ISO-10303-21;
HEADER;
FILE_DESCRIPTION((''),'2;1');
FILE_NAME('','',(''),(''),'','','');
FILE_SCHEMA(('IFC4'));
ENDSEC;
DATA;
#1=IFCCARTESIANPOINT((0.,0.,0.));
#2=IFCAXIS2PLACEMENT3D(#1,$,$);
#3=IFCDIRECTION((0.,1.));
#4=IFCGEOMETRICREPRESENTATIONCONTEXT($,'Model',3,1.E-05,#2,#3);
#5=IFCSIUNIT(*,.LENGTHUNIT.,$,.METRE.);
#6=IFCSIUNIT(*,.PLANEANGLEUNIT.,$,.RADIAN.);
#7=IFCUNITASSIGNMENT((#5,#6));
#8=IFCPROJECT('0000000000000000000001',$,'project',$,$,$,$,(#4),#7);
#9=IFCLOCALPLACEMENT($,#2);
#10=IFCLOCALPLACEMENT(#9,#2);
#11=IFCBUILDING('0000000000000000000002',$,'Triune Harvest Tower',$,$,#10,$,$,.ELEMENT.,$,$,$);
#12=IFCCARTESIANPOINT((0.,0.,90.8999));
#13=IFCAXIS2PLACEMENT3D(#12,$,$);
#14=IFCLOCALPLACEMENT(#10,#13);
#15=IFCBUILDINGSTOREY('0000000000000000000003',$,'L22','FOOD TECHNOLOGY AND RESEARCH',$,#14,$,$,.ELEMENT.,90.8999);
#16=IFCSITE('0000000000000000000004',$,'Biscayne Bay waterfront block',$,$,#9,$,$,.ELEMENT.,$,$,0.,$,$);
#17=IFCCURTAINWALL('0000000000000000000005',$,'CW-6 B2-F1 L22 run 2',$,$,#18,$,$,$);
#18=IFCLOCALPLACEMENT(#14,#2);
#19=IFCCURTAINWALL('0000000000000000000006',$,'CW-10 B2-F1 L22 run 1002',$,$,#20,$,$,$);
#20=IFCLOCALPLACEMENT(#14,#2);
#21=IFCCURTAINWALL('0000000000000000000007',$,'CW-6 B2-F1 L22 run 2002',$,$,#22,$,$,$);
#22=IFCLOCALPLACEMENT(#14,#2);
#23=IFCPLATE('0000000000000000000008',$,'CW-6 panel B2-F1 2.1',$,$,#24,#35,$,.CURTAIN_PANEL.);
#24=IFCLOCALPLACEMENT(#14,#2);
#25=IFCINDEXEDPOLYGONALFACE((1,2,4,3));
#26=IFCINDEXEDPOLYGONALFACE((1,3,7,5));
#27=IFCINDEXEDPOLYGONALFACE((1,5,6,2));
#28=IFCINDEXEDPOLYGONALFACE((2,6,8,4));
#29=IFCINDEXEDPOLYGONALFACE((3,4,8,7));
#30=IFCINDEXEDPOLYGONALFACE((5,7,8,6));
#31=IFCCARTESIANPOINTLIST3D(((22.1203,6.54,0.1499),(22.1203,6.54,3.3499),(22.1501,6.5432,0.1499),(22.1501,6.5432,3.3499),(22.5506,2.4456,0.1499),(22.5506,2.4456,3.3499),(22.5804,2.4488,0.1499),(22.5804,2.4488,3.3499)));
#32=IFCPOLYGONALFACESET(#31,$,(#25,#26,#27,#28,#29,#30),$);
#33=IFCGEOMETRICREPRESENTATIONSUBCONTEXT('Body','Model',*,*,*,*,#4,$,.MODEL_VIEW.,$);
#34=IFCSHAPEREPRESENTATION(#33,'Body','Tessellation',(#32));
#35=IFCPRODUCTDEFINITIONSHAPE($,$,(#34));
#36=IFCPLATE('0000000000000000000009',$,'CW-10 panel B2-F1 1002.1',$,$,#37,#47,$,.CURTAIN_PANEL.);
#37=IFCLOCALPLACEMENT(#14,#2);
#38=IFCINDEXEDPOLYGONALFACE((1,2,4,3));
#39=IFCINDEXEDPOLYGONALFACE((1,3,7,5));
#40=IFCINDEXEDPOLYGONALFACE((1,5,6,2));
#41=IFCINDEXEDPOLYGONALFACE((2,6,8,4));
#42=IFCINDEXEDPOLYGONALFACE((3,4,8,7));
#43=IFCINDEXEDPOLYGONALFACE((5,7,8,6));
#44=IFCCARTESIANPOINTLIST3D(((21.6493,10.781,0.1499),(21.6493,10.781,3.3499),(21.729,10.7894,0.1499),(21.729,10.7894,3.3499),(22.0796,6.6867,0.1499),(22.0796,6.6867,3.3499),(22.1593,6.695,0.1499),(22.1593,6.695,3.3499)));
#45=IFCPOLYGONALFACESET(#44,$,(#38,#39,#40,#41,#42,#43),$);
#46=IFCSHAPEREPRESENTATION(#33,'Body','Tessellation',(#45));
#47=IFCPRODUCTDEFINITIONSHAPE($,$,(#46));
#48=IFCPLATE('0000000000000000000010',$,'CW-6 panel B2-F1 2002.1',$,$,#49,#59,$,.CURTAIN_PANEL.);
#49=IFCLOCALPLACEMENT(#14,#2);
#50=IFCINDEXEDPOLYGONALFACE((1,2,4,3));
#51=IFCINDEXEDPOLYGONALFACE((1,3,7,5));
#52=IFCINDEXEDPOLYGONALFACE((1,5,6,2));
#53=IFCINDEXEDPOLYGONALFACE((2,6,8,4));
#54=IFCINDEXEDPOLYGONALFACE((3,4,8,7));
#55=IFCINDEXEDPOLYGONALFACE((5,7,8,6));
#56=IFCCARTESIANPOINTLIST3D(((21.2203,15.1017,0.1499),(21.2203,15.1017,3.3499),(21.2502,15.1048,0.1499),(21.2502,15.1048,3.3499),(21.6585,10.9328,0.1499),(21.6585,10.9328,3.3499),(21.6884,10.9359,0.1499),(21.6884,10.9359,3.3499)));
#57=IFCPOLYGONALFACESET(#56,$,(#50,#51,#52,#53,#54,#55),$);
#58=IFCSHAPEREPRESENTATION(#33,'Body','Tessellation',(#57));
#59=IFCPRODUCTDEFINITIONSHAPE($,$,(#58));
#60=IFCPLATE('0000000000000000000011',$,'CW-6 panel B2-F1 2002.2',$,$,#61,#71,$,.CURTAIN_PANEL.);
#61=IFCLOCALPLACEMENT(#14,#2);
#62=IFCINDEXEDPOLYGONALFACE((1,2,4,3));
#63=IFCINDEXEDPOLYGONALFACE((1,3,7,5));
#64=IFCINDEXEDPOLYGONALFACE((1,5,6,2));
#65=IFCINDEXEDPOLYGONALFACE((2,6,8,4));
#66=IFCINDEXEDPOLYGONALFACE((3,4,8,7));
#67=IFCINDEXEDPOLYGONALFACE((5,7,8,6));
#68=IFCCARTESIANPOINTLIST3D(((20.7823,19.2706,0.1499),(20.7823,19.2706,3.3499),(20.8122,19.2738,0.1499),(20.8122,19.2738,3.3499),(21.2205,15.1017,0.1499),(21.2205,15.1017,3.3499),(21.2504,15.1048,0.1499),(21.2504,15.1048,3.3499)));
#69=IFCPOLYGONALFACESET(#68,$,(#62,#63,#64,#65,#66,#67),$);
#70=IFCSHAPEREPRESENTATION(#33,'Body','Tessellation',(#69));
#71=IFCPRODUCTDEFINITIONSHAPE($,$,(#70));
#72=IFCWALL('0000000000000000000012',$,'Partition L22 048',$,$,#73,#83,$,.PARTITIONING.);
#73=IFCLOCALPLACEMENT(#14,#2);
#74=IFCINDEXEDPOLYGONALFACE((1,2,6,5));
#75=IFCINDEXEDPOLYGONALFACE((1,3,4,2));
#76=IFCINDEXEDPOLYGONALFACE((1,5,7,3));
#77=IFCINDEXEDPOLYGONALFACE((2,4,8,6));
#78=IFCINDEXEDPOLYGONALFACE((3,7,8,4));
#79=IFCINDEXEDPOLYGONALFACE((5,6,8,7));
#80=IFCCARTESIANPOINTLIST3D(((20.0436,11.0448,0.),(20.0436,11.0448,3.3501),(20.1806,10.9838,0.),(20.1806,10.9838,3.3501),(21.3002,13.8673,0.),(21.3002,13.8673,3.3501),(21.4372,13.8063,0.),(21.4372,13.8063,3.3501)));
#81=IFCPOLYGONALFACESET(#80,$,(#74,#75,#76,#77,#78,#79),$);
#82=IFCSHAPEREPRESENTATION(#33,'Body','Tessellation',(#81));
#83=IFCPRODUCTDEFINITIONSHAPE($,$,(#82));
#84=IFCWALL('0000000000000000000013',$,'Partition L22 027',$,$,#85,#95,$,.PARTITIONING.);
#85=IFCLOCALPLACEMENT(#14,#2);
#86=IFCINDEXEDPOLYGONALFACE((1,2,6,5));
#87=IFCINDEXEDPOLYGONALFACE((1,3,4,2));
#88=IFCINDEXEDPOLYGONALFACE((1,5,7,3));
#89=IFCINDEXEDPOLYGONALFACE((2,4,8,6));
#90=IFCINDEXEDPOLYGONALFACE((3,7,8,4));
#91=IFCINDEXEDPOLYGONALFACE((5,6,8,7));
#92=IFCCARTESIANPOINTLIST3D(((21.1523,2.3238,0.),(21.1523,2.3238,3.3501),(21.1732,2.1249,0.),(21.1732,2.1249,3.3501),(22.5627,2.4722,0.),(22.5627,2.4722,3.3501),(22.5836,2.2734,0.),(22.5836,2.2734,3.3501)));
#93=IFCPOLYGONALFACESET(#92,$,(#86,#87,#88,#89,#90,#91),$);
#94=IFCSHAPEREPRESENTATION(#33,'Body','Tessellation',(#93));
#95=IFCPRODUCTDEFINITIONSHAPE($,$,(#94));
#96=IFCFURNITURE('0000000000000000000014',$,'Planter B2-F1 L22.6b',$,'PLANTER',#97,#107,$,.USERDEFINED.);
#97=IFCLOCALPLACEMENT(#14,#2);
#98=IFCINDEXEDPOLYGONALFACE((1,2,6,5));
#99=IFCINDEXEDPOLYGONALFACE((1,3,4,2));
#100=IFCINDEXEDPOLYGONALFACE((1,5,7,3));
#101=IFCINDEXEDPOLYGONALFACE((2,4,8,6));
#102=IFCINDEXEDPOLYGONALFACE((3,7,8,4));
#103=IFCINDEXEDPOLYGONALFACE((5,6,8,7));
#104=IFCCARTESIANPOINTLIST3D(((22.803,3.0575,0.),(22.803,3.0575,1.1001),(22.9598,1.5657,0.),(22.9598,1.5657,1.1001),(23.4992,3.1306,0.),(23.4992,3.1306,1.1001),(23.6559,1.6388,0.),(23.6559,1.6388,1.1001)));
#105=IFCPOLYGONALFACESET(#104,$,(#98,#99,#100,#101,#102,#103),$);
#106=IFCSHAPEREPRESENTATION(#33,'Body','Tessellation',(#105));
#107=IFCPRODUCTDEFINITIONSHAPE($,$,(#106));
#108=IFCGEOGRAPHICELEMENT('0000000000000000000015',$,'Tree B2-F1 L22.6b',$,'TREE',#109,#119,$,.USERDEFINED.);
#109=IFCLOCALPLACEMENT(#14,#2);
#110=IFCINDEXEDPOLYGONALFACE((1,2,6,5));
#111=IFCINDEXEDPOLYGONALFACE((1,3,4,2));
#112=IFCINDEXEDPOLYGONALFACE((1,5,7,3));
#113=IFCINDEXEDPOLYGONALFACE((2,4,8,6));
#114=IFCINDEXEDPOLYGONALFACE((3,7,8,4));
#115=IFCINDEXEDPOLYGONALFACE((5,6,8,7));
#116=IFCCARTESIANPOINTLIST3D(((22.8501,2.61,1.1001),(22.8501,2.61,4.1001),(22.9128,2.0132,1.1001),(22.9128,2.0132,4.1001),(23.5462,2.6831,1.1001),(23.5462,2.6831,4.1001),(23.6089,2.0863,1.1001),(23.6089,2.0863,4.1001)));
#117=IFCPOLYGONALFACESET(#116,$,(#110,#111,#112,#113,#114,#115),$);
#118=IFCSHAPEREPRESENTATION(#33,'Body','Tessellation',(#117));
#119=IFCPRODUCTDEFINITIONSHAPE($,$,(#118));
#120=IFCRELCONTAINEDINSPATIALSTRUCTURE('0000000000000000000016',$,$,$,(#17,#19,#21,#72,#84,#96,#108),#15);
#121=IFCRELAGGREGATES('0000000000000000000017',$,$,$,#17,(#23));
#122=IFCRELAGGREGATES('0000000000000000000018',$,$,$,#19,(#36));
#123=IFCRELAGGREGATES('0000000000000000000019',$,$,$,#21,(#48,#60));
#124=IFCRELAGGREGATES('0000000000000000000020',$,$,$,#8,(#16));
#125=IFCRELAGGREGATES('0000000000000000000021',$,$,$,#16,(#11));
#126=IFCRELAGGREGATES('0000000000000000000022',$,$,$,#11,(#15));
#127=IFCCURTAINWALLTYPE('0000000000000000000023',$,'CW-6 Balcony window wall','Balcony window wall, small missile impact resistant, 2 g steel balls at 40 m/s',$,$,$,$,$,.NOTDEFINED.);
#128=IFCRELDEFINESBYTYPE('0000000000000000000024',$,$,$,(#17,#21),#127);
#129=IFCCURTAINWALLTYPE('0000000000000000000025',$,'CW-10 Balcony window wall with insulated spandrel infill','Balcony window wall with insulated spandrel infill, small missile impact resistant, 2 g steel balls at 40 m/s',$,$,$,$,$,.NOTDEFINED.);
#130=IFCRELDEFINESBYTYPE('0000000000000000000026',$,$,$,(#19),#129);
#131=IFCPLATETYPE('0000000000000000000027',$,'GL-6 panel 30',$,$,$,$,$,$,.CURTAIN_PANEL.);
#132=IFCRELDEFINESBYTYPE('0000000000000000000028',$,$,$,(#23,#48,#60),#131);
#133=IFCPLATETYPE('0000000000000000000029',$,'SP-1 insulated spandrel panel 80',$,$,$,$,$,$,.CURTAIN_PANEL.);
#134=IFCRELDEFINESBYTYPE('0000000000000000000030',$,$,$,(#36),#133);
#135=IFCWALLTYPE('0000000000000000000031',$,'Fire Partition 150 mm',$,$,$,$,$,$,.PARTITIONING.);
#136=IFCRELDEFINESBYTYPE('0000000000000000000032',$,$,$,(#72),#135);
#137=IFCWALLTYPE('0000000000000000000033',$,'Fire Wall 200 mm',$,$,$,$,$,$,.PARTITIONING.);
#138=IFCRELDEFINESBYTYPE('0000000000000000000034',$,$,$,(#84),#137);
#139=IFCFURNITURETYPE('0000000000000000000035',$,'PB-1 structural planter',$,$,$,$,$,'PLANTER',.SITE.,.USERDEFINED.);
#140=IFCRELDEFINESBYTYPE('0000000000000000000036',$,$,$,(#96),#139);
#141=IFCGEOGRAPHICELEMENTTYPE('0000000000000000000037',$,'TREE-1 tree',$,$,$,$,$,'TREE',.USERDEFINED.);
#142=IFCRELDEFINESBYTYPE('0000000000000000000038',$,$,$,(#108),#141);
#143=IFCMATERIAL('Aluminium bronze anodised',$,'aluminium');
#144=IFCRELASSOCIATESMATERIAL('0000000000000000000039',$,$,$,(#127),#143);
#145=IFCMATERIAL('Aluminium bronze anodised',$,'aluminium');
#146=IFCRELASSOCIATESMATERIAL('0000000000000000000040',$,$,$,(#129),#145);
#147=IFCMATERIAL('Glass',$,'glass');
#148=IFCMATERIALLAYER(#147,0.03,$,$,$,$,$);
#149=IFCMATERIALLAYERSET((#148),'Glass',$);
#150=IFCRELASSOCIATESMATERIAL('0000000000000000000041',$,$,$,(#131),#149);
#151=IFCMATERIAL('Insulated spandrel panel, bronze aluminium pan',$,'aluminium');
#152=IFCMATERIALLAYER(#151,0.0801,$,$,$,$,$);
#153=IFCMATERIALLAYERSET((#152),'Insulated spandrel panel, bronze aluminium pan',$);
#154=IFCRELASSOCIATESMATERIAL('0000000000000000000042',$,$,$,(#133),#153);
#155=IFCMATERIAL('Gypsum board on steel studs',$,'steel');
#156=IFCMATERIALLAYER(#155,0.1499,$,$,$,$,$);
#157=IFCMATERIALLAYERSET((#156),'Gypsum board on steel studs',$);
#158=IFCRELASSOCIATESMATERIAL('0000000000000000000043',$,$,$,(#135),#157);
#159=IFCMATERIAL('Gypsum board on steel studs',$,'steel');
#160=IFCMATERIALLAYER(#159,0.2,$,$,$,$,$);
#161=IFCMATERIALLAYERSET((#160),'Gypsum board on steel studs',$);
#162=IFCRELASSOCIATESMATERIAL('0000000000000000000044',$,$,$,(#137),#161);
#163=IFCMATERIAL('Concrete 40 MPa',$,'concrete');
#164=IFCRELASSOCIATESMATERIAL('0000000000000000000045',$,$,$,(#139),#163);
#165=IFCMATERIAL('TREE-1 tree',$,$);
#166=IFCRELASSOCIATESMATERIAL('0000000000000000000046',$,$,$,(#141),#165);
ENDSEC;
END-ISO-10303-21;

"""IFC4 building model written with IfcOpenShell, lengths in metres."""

from ifc_helpers import new_model, si_unit, direction, frame, frame_2d, origin, origin_2d, place, context, subcontext, project, spatial, rectangle, extrude, source, transform, mapped, material, layer, layer_set, type_object, element, aggregate, save


model = new_model("IFC4")

# Units and contexts
model_context = context("Model", 3, precision=1e-05, world=origin(), true_north=direction((0.0, 1.0)))
body_context = subcontext(model_context, "Body", "Model", "MODEL_VIEW")
ifc_project = project(units=[si_unit("LENGTHUNIT", "METRE"), si_unit("PLANEANGLEUNIT", "RADIAN")], contexts=[model_context])

# Site, building, storey
site_placement = place(None, origin())
site = spatial("IfcSite", under=ifc_project, at=site_placement, Name="Biscayne Bay waterfront block", CompositionType="ELEMENT", RefElevation=0.0)
building_placement = place(site_placement, origin())
building = spatial("IfcBuilding", under=site, at=building_placement, Name="Triune Harvest Tower", CompositionType="ELEMENT")
storey_placement = place(building_placement, frame((0.0, 0.0, 90.8999)))
storey = spatial("IfcBuildingStorey", under=building, at=storey_placement, Name="L22", Description="FOOD TECHNOLOGY AND RESEARCH", CompositionType="ELEMENT", Elevation=90.8999)

# Curtain walls
ifc_material_1 = material(Name="Aluminium bronze anodised", Category="aluminium")
curtain_wall_type_1 = type_object("IfcCurtainWallType", Name="CW-6 Balcony window wall", Description="Balcony window wall, small missile impact resistant, 2 g steel balls at 40 m/s", PredefinedType="NOTDEFINED", material=ifc_material_1)
curtain_wall_1_placement = place(storey_placement, origin())
curtain_wall_1 = element("IfcCurtainWall", 1, at=curtain_wall_1_placement, inside=storey, type_object=curtain_wall_type_1, Name="CW-6 B2-F1 L22 run 2")
ifc_material_2 = material(Name="Aluminium bronze anodised", Category="aluminium")
curtain_wall_type_2 = type_object("IfcCurtainWallType", Name="CW-10 Balcony window wall with insulated spandrel infill", Description="Balcony window wall with insulated spandrel infill, small missile impact resistant, 2 g steel balls at 40 m/s", PredefinedType="NOTDEFINED", material=ifc_material_2)
curtain_wall_2_placement = place(storey_placement, origin())
curtain_wall_2 = element("IfcCurtainWall", 2, at=curtain_wall_2_placement, inside=storey, type_object=curtain_wall_type_2, Name="CW-10 B2-F1 L22 run 1002")
curtain_wall_3_placement = place(storey_placement, origin())
curtain_wall_3 = element("IfcCurtainWall", 3, at=curtain_wall_3_placement, inside=storey, type_object=curtain_wall_type_1, Name="CW-6 B2-F1 L22 run 2002")

# Plates
ifc_material_3 = material(Name="Glass", Category="glass")
ifc_layer_1 = layer(ifc_material_3, 0.03)
ifc_layer_set_1 = layer_set([ifc_layer_1], Name="Glass")
plate_type_1 = type_object("IfcPlateType", Name="GL-6 panel 30", PredefinedType="CURTAIN_PANEL", material=ifc_layer_set_1)
plate_1_placement = place(storey_placement, frame((22.3503, 4.4944, 0.1499), z_axis=(0.0, 0.0, 1.0), x_axis=(-0.104524, 0.994522, 0.0)))
plate_1 = element("IfcPlate", 4, at=plate_1_placement, type_object=plate_type_1, Name="CW-6 panel B2-F1 2.1", PredefinedType="CURTAIN_PANEL", context=body_context, shape_type="SweptSolid", body=[
    extrude(rectangle(XDim=4.1169, YDim=0.03, at=origin_2d()), origin(), (0.0, 0.0, 1.0), 3.2),
])
aggregate(curtain_wall_1, [plate_1])
ifc_material_4 = material(Name="Insulated spandrel panel, bronze aluminium pan", Category="aluminium")
ifc_layer_2 = layer(ifc_material_4, 0.0801)
ifc_layer_set_2 = layer_set([ifc_layer_2], Name="Insulated spandrel panel, bronze aluminium pan")
plate_type_2 = type_object("IfcPlateType", Name="SP-1 insulated spandrel panel 80", PredefinedType="CURTAIN_PANEL", material=ifc_layer_set_2)
plate_2_placement = place(storey_placement, frame((21.9043, 8.738, 0.1499), z_axis=(0.0, 0.0, 1.0), x_axis=(-0.104526, 0.994522, 0.0)))
plate_2 = element("IfcPlate", 5, at=plate_2_placement, type_object=plate_type_2, Name="CW-10 panel B2-F1 1002.1", PredefinedType="CURTAIN_PANEL", context=body_context, shape_type="SweptSolid", body=[
    extrude(rectangle(XDim=4.1169, YDim=0.0801, at=origin_2d()), origin(), (0.0, 0.0, 1.0), 3.2),
])
aggregate(curtain_wall_2, [plate_2])
shared_shape_1 = source(origin(), body_context, "Body", "SweptSolid", [
    extrude(rectangle(XDim=4.1919, YDim=0.03, at=origin_2d()), origin(), (0.0, 0.0, 1.0), 3.2),
])
plate_3_placement = place(storey_placement, frame((21.4543, 13.0188, 0.1499), z_axis=(0.0, 0.0, 1.0), x_axis=(-0.104535, 0.994521, 0.0)))
plate_3 = element("IfcPlate", 6, at=plate_3_placement, type_object=plate_type_1, Name="CW-6 panel B2-F1 2002.1", PredefinedType="CURTAIN_PANEL", context=body_context, shape_type="MappedRepresentation", body=[
    mapped(shared_shape_1, transform((0.0, 0.0, 0.0), scale=1.0)),
])
plate_4_placement = place(storey_placement, frame((21.0164, 17.1877, 0.1499), z_axis=(0.0, 0.0, 1.0), x_axis=(-0.104535, 0.994521, 0.0)))
plate_4 = element("IfcPlate", 7, at=plate_4_placement, type_object=plate_type_1, Name="CW-6 panel B2-F1 2002.2", PredefinedType="CURTAIN_PANEL", context=body_context, shape_type="MappedRepresentation", body=[
    mapped(shared_shape_1, transform((0.0, 0.0, 0.0), scale=1.0)),
])
aggregate(curtain_wall_3, [plate_3, plate_4])

# Walls
ifc_material_5 = material(Name="Gypsum board on steel studs", Category="steel")
ifc_layer_3 = layer(ifc_material_5, 0.1499)
ifc_layer_set_3 = layer_set([ifc_layer_3], Name="Gypsum board on steel studs")
wall_type_1 = type_object("IfcWallType", Name="Fire Partition 150 mm", PredefinedType="PARTITIONING", material=ifc_layer_set_3)
wall_1_placement = place(storey_placement, frame((20.1121, 11.0142, 0.0), z_axis=(0.0, 0.0, 1.0), x_axis=(0.406718, 0.913554, 0.0)))
element("IfcWall", 8, at=wall_1_placement, inside=storey, type_object=wall_type_1, Name="Partition L22 048", PredefinedType="PARTITIONING", context=body_context, shape_type="SweptSolid", body=[
    extrude(rectangle(XDim=3.0896, YDim=0.1499, at=frame_2d((1.5449, 0.0))), origin(), (0.0, 0.0, 1.0), 3.3501),
])
ifc_material_6 = material(Name="Gypsum board on steel studs", Category="steel")
ifc_layer_4 = layer(ifc_material_6, 0.2)
ifc_layer_set_4 = layer_set([ifc_layer_4], Name="Gypsum board on steel studs")
wall_type_2 = type_object("IfcWallType", Name="Fire Wall 200 mm", PredefinedType="PARTITIONING", material=ifc_layer_set_4)
wall_2_placement = place(storey_placement, frame((21.1628, 2.2244, 0.0), z_axis=(0.0, 0.0, 1.0), x_axis=(0.994507, 0.104667, 0.0)))
element("IfcWall", 9, at=wall_2_placement, inside=storey, type_object=wall_type_2, Name="Partition L22 027", PredefinedType="PARTITIONING", context=body_context, shape_type="SweptSolid", body=[
    extrude(rectangle(XDim=1.4182, YDim=0.2, at=frame_2d((0.709, 0.0))), origin(), (0.0, 0.0, 1.0), 3.3501),
])

# Furniture
ifc_material_7 = material(Name="Concrete 40 MPa", Category="concrete")
furniture_type = type_object("IfcFurnitureType", Name="PB-1 structural planter", ElementType="PLANTER", AssemblyPlace="SITE", PredefinedType="USERDEFINED", material=ifc_material_7)
shared_shape_2 = source(origin(), body_context, "Body", "SweptSolid", [
    extrude(rectangle(XDim=1.5, YDim=0.7, at=origin_2d()), origin(), (0.0, 0.0, 1.0), 1.1001),
])
furniture_placement = place(storey_placement, frame((23.2295, 2.3481, 0.0), z_axis=(0.0, 0.0, 1.0), x_axis=(-0.104528, 0.994522, 0.0)))
element("IfcFurniture", 10, at=furniture_placement, inside=storey, type_object=furniture_type, Name="Planter B2-F1 L22.6b", ObjectType="PLANTER", PredefinedType="USERDEFINED", context=body_context, shape_type="MappedRepresentation", body=[
    mapped(shared_shape_2, transform((0.0, 0.0, 0.0), scale=1.0)),
])

# Geographic element
ifc_material_8 = material(Name="TREE-1 tree")
geographic_element_type = type_object("IfcGeographicElementType", Name="TREE-1 tree", ElementType="TREE", PredefinedType="USERDEFINED", material=ifc_material_8)
shared_shape_3 = source(origin(), body_context, "Body", "SweptSolid", [
    extrude(rectangle(XDim=0.6001, YDim=0.7, at=origin_2d()), origin(), (0.0, 0.0, 1.0), 3.0),
])
geographic_element_placement = place(storey_placement, frame((23.2295, 2.3481, 1.1001), z_axis=(0.0, 0.0, 1.0), x_axis=(-0.104528, 0.994522, 0.0)))
element("IfcGeographicElement", 11, at=geographic_element_placement, inside=storey, type_object=geographic_element_type, Name="Tree B2-F1 L22.6b", ObjectType="TREE", PredefinedType="USERDEFINED", context=body_context, shape_type="MappedRepresentation", body=[
    mapped(shared_shape_3, transform((0.0, 0.0, 0.0), scale=1.0)),
])

save(model, "model.ifc")
